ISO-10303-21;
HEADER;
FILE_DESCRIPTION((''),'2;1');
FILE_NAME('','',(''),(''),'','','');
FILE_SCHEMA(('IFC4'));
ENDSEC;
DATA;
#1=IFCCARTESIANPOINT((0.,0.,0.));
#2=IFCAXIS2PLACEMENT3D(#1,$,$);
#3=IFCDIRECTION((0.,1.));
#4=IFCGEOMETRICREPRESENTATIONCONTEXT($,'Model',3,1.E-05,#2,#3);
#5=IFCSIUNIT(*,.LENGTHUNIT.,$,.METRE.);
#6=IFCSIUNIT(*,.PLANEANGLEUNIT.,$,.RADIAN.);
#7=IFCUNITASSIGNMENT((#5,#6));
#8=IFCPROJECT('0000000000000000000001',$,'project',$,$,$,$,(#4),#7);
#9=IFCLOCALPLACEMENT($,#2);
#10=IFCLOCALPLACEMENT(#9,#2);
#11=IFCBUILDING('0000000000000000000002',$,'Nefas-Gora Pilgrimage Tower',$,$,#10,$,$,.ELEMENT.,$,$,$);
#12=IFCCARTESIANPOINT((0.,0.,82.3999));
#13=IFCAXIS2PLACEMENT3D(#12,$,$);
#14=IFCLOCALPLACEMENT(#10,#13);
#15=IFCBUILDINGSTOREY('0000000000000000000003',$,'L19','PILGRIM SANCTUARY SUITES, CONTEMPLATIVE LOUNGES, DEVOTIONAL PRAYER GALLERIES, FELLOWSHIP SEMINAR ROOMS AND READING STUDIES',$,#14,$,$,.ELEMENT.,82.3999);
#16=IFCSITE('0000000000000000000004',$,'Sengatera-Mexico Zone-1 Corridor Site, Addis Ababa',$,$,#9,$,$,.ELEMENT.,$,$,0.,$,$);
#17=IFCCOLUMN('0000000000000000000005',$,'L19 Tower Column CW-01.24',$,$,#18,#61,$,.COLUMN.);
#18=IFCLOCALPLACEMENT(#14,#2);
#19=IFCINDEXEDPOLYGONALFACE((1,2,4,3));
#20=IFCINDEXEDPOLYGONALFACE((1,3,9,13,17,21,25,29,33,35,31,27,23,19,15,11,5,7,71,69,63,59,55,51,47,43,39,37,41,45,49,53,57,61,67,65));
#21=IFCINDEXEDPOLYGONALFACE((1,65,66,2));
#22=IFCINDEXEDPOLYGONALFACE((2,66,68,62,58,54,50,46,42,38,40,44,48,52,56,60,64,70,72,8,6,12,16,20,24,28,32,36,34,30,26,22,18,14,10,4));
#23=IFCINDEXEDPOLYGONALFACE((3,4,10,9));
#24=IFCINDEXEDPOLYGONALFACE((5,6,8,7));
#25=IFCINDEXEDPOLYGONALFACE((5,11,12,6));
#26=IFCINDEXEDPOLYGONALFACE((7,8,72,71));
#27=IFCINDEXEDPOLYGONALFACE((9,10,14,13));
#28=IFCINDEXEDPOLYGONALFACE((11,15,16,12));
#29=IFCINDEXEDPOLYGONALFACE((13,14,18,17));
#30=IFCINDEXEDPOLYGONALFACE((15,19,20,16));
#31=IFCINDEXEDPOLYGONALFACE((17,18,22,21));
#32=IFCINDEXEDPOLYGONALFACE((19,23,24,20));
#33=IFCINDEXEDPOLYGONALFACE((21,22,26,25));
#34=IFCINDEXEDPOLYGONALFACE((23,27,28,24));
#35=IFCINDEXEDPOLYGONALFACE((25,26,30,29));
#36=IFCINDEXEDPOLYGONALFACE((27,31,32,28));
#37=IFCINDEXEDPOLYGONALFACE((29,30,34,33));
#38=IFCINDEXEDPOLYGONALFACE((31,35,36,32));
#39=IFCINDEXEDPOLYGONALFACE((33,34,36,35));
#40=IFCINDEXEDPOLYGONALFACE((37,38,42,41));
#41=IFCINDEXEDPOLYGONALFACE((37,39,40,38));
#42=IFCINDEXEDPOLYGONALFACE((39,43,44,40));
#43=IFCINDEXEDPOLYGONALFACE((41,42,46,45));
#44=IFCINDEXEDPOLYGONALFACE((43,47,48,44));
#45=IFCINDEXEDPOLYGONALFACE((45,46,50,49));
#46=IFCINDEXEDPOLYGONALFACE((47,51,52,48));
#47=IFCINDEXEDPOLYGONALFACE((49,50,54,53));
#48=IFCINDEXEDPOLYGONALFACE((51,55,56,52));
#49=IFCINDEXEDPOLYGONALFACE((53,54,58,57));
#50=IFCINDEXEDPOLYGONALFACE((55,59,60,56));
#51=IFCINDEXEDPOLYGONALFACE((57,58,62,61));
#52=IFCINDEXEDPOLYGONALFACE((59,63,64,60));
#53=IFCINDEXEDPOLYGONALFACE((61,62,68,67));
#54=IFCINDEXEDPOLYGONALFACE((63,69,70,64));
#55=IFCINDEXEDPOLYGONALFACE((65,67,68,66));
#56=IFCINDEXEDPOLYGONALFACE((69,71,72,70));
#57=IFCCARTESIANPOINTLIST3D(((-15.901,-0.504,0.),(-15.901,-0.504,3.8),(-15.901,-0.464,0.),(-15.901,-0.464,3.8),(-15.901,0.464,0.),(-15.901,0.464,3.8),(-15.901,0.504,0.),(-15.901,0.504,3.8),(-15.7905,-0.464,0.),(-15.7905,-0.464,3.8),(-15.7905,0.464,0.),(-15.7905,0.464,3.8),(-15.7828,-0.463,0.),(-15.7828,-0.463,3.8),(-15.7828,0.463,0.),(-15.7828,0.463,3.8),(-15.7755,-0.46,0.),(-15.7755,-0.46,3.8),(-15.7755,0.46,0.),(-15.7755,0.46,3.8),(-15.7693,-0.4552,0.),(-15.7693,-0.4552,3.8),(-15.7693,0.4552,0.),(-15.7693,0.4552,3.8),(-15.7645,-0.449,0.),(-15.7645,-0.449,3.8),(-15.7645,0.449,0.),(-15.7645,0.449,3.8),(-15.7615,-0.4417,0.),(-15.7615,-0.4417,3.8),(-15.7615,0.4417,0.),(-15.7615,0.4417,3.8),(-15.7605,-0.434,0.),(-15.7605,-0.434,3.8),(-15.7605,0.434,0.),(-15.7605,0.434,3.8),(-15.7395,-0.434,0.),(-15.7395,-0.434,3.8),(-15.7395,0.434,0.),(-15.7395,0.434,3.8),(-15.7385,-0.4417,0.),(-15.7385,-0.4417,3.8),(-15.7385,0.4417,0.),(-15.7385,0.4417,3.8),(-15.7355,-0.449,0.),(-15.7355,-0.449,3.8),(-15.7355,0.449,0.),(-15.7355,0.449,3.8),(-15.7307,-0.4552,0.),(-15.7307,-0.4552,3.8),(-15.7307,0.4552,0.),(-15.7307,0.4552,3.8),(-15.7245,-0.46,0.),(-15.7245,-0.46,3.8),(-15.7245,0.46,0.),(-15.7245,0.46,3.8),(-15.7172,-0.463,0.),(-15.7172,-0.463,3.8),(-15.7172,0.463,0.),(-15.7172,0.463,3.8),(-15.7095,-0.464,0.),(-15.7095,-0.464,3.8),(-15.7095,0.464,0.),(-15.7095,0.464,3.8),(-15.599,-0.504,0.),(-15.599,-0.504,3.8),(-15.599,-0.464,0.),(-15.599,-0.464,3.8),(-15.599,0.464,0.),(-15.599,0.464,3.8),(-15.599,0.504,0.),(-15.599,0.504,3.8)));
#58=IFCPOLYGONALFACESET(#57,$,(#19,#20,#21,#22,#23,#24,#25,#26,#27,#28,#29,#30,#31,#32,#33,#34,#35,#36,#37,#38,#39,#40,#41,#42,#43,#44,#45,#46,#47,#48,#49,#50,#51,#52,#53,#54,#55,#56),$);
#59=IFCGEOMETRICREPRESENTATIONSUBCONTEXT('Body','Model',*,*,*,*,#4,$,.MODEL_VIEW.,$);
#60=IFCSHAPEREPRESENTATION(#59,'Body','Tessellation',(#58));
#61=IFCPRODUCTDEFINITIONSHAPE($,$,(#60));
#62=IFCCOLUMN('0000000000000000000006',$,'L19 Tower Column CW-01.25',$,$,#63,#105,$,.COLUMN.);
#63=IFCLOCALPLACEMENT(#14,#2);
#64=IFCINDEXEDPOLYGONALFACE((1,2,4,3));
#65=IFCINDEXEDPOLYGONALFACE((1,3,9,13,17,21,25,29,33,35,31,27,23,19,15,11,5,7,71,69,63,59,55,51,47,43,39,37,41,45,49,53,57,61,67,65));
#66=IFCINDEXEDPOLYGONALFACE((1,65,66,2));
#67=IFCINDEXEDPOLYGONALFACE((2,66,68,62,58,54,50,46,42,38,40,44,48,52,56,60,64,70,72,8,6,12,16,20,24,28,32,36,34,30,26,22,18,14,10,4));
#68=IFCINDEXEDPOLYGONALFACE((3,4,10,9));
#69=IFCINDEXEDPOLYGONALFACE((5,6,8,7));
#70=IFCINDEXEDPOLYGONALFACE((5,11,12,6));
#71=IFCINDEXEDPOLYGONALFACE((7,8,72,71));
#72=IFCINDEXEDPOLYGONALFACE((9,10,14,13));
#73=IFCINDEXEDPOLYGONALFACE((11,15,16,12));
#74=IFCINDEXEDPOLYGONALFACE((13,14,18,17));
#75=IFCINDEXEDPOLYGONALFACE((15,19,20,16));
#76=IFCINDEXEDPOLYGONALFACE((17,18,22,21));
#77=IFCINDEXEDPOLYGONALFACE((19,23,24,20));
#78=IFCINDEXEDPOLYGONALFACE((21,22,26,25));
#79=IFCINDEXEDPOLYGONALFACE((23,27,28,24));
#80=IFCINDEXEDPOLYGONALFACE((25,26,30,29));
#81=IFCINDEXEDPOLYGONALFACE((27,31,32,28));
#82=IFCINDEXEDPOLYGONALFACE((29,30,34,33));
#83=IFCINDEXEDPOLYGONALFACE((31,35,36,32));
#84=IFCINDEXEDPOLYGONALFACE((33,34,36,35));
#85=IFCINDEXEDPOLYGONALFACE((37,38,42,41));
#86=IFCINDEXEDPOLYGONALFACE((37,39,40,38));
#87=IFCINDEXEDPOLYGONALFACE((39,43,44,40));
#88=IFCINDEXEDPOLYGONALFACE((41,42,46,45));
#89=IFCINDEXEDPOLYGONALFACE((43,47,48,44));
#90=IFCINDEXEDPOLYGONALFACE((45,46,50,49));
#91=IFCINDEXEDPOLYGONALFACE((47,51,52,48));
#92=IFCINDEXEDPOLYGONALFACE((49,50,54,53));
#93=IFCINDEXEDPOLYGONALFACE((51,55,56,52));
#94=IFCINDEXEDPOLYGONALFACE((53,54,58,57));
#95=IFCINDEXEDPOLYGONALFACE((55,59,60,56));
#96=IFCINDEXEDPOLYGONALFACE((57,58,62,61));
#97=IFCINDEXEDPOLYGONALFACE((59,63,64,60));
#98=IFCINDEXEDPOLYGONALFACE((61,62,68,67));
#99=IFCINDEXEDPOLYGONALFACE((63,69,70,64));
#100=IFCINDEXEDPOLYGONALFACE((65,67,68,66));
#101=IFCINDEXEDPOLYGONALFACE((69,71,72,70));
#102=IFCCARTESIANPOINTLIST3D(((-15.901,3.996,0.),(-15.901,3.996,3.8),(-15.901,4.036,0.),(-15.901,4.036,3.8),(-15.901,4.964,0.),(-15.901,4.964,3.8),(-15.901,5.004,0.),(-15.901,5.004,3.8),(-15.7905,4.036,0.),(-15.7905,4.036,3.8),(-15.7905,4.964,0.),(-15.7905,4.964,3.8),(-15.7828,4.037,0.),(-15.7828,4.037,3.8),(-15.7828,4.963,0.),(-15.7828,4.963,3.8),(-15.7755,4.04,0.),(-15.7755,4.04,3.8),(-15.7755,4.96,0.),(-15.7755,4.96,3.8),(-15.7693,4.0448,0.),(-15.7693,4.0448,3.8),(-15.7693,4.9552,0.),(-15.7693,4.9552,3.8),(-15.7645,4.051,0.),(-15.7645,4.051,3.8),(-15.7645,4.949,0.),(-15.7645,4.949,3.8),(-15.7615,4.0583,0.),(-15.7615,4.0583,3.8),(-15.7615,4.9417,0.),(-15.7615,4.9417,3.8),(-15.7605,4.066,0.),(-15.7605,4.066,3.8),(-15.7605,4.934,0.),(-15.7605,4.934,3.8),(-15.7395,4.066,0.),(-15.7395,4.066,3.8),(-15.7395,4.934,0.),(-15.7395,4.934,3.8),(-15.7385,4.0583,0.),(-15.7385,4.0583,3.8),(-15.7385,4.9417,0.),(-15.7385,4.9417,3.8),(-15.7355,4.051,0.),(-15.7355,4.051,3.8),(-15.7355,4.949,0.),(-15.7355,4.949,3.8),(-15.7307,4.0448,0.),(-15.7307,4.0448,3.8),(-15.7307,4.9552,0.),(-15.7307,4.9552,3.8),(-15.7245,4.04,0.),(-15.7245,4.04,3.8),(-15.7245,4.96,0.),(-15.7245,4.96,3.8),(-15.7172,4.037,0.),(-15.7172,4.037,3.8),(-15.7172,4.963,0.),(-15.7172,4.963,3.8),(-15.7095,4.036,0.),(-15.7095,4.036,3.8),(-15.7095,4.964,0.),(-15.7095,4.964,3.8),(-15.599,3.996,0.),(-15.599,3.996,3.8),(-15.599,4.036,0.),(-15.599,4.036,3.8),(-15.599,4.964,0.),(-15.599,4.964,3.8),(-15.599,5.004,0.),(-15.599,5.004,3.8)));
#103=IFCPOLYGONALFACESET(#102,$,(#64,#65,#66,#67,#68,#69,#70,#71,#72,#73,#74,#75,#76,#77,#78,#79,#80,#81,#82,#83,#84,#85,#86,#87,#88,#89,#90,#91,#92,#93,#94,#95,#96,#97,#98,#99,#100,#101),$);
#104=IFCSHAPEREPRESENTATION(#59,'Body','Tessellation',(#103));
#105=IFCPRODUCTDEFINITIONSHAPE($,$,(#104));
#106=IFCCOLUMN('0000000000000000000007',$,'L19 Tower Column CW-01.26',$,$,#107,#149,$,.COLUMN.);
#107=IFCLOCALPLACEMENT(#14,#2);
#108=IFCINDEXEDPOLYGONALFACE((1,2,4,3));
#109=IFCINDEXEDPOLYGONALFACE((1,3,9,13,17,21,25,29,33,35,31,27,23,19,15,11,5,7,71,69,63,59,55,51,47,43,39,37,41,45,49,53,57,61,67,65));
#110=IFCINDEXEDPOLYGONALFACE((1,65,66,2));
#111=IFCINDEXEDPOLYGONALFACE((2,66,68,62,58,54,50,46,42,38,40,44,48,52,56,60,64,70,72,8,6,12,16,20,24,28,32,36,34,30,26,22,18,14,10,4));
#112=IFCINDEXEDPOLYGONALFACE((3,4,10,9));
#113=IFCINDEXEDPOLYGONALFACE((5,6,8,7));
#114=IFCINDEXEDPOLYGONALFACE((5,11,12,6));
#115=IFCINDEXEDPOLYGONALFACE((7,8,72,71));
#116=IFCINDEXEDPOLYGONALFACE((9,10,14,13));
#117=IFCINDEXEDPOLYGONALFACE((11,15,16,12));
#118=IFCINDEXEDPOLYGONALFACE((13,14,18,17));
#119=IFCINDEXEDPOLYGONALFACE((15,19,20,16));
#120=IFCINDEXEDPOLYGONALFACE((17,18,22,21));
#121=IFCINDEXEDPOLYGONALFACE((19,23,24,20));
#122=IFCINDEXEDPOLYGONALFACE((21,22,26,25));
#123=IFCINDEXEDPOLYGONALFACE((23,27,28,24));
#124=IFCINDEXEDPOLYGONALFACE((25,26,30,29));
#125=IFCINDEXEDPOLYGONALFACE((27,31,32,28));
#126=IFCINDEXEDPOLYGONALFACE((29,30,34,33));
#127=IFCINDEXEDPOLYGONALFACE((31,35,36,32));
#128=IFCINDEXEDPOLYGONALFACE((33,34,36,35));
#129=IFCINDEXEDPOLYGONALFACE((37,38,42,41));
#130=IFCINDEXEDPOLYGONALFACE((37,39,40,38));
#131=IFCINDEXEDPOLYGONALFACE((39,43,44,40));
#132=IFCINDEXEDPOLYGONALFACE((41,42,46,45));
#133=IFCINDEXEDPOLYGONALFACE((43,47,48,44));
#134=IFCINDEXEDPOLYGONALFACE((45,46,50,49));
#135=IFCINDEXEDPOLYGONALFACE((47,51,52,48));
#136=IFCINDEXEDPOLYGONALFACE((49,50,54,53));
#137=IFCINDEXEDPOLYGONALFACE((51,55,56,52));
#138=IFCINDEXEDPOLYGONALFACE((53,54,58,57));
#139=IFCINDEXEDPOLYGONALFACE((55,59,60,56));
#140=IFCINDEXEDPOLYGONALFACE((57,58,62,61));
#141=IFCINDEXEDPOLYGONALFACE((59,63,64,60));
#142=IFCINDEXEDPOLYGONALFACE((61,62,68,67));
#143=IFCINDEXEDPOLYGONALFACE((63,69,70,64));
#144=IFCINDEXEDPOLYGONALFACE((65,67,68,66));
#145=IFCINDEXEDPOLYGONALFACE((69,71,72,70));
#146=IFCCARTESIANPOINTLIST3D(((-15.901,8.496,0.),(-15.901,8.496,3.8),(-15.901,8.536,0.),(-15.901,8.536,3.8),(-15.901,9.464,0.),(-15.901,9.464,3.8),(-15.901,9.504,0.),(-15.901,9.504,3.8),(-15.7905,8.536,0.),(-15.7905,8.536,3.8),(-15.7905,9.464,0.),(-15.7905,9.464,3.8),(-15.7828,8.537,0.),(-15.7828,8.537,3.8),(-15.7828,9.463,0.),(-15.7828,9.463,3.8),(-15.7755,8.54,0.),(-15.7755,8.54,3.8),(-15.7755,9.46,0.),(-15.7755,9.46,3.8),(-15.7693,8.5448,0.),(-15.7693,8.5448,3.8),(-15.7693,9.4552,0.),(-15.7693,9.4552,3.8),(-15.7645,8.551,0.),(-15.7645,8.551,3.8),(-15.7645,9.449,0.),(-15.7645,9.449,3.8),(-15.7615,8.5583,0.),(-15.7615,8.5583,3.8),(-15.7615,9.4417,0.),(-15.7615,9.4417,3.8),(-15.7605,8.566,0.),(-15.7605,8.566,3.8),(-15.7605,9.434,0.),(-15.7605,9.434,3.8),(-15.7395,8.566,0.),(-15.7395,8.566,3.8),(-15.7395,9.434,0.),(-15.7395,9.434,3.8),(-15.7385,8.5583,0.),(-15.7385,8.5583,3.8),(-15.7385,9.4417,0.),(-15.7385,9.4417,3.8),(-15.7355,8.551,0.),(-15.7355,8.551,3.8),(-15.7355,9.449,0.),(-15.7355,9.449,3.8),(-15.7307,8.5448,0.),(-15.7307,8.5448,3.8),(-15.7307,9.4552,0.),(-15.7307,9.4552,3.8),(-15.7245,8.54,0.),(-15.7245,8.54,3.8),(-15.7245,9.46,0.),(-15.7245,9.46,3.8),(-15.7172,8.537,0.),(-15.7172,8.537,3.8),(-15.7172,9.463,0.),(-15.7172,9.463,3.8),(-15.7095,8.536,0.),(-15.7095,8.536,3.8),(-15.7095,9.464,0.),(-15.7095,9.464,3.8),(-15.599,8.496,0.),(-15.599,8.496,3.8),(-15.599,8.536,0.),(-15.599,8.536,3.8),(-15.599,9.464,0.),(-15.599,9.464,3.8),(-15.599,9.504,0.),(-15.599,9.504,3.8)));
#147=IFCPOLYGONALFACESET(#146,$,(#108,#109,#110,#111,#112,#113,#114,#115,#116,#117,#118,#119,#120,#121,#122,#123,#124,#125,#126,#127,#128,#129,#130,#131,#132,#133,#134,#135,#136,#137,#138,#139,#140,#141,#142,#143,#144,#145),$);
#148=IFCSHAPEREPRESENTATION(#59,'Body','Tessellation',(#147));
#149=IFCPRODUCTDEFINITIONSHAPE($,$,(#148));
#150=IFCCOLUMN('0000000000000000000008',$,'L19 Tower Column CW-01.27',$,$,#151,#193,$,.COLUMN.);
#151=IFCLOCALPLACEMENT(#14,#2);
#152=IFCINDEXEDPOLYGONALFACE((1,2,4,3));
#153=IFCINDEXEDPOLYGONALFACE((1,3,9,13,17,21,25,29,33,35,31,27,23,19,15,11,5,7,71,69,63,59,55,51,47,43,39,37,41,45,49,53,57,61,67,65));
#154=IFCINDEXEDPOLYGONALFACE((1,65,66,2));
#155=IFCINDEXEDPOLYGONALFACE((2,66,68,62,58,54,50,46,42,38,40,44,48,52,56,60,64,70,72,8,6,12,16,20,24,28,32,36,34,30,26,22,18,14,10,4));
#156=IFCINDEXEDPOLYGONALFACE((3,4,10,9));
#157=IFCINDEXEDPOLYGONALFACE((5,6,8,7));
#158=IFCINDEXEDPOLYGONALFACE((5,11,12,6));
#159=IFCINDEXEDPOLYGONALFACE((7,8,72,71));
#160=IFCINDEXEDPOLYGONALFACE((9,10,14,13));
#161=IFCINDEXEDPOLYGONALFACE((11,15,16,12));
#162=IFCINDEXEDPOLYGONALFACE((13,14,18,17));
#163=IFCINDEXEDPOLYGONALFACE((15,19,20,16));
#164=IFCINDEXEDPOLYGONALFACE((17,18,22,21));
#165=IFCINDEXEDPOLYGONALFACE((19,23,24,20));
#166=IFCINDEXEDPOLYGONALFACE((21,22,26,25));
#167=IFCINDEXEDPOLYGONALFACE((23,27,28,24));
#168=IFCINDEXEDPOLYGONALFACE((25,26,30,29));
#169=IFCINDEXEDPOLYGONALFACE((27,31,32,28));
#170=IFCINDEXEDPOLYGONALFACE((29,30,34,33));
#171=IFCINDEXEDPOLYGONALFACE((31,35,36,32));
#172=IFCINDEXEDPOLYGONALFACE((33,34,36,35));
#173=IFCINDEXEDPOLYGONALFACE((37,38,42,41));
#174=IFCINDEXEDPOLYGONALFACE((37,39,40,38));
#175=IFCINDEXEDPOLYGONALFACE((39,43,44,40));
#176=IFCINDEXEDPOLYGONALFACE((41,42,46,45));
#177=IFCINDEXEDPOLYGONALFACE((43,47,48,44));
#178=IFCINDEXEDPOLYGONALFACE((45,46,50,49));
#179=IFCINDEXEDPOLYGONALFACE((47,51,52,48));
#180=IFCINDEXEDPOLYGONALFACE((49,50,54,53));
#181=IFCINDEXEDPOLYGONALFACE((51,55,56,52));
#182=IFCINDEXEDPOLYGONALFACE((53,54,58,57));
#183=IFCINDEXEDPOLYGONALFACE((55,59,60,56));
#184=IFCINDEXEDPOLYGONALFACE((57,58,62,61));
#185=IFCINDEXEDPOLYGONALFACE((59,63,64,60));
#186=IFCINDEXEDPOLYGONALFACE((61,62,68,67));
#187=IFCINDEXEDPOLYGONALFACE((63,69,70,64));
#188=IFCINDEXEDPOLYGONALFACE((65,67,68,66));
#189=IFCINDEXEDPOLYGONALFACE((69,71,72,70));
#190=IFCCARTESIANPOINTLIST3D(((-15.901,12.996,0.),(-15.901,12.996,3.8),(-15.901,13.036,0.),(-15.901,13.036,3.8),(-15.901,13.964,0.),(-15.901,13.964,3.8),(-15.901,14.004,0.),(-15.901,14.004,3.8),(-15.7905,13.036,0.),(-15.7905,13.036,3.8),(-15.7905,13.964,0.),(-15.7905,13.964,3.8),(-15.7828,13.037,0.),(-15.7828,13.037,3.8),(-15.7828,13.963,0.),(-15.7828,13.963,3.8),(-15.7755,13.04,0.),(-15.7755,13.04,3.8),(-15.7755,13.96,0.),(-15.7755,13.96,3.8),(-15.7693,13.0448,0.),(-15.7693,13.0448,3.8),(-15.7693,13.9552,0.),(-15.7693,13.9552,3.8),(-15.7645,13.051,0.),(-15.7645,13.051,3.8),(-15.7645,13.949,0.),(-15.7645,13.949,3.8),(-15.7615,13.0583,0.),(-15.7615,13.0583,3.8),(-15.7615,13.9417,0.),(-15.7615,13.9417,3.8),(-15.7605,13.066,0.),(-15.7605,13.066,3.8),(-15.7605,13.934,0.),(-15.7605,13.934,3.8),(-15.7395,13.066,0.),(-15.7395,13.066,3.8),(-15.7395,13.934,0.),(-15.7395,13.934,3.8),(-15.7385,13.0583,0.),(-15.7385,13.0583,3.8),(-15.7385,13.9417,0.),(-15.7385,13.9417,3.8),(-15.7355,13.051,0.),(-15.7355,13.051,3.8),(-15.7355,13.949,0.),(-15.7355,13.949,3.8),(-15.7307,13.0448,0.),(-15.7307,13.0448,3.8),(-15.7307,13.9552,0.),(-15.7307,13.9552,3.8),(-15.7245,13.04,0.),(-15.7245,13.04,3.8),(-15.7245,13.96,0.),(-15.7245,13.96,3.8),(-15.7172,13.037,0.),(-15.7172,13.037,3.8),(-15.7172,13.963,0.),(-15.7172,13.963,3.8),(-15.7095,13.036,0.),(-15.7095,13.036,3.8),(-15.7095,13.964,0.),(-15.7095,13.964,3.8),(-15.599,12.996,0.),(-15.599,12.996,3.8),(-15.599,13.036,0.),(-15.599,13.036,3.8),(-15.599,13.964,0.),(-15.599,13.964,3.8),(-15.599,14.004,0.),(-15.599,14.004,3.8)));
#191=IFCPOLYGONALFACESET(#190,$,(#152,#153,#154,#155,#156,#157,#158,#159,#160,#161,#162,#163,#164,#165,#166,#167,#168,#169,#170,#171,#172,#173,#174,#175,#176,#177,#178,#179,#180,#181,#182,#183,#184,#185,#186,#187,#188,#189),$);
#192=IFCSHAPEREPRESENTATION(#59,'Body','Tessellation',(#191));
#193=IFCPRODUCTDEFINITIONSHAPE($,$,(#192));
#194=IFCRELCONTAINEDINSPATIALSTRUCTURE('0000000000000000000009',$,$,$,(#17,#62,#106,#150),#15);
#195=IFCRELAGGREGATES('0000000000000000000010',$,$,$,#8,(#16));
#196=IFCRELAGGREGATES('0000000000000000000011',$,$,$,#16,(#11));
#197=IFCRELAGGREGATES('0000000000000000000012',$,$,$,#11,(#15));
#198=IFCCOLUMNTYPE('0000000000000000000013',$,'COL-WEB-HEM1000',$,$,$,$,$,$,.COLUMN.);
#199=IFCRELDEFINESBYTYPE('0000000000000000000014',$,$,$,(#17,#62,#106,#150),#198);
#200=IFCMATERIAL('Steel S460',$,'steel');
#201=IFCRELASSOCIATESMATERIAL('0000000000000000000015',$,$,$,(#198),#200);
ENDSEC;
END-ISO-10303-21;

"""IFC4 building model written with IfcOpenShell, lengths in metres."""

from ifc_helpers import new_model, si_unit, direction, frame, origin, origin_2d, place, context, subcontext, project, spatial, i_section, extrude, source, transform, mapped, material, material_profile, profile_set, type_object, element, save


model = new_model("IFC4")

# Units and contexts
model_context = context("Model", 3, precision=1e-05, world=origin(), true_north=direction((0.0, 1.0)))
body_context = subcontext(model_context, "Body", "Model", "MODEL_VIEW")
ifc_project = project(units=[si_unit("LENGTHUNIT", "METRE"), si_unit("PLANEANGLEUNIT", "RADIAN")], contexts=[model_context])

# Site, building, storey
site_placement = place(None, origin())
site = spatial("IfcSite", under=ifc_project, at=site_placement, Name="Sengatera-Mexico Zone-1 Corridor Site, Addis Ababa", CompositionType="ELEMENT", RefElevation=0.0)
building_placement = place(site_placement, origin())
building = spatial("IfcBuilding", under=site, at=building_placement, Name="Nefas-Gora Pilgrimage Tower", CompositionType="ELEMENT")
storey_placement = place(building_placement, frame((0.0, 0.0, 82.3999)))
storey = spatial("IfcBuildingStorey", under=building, at=storey_placement, Name="L19", Description="PILGRIM SANCTUARY SUITES, CONTEMPLATIVE LOUNGES, DEVOTIONAL PRAYER GALLERIES, FELLOWSHIP SEMINAR ROOMS AND READING STUDIES", CompositionType="ELEMENT", Elevation=82.3999)

# Columns
ifc_material_1 = material(Name="Steel S460", Category="steel")
ifc_material_profile_1 = material_profile(ifc_material_1, i_section(OverallWidth=0.302, OverallDepth=1.0081, WebThickness=0.021, FlangeThickness=0.04, FilletRadius=0.03, at=origin_2d()), Name="HEM 1000")
ifc_profile_set_1 = profile_set([ifc_material_profile_1], Name="Steel S460")
column_type_1 = type_object("IfcColumnType", Name="COL-WEB-HEM1000", PredefinedType="COLUMN", material=ifc_profile_set_1)
shared_shape_1 = source(origin(), body_context, "Body", "SweptSolid", [
    extrude(i_section(OverallWidth=0.302, OverallDepth=1.0081, WebThickness=0.021, FlangeThickness=0.04, FilletRadius=0.03, at=origin_2d()), origin(), (0.0, 0.0, 1.0), 3.8),
])
for number, where, z_axis, x_axis, name in (
    (1, (-15.75, 0.0, 0.0), (0.0, 0.0, 1.0), (1.0, 0.0, 0.0), "L19 Tower Column CW-01.24"),
    (2, (-15.75, 4.5, 0.0), (0.0, 0.0, 1.0), (1.0, 0.0, 0.0), "L19 Tower Column CW-01.25"),
    (3, (-15.75, 9.0, 0.0), (0.0, 0.0, 1.0), (1.0, 0.0, 0.0), "L19 Tower Column CW-01.26"),
    (4, (-15.75, 13.5, 0.0), (0.0, 0.0, 1.0), (1.0, 0.0, 0.0), "L19 Tower Column CW-01.27"),
):
    element("IfcColumn", number, at=place(storey_placement, frame(where, z_axis=z_axis, x_axis=x_axis)), inside=storey, type_object=column_type_1, Name=name, PredefinedType="COLUMN", context=body_context, shape_type="MappedRepresentation", body=[
        mapped(shared_shape_1, transform((0.0, 0.0, 0.0), x_axis=(1.0, 0.0, 0.0), y_axis=(0.0, 1.0, 0.0), z_axis=(0.0, 0.0, 1.0), scale=1.0)),
    ])

save(model, "model.ifc")
